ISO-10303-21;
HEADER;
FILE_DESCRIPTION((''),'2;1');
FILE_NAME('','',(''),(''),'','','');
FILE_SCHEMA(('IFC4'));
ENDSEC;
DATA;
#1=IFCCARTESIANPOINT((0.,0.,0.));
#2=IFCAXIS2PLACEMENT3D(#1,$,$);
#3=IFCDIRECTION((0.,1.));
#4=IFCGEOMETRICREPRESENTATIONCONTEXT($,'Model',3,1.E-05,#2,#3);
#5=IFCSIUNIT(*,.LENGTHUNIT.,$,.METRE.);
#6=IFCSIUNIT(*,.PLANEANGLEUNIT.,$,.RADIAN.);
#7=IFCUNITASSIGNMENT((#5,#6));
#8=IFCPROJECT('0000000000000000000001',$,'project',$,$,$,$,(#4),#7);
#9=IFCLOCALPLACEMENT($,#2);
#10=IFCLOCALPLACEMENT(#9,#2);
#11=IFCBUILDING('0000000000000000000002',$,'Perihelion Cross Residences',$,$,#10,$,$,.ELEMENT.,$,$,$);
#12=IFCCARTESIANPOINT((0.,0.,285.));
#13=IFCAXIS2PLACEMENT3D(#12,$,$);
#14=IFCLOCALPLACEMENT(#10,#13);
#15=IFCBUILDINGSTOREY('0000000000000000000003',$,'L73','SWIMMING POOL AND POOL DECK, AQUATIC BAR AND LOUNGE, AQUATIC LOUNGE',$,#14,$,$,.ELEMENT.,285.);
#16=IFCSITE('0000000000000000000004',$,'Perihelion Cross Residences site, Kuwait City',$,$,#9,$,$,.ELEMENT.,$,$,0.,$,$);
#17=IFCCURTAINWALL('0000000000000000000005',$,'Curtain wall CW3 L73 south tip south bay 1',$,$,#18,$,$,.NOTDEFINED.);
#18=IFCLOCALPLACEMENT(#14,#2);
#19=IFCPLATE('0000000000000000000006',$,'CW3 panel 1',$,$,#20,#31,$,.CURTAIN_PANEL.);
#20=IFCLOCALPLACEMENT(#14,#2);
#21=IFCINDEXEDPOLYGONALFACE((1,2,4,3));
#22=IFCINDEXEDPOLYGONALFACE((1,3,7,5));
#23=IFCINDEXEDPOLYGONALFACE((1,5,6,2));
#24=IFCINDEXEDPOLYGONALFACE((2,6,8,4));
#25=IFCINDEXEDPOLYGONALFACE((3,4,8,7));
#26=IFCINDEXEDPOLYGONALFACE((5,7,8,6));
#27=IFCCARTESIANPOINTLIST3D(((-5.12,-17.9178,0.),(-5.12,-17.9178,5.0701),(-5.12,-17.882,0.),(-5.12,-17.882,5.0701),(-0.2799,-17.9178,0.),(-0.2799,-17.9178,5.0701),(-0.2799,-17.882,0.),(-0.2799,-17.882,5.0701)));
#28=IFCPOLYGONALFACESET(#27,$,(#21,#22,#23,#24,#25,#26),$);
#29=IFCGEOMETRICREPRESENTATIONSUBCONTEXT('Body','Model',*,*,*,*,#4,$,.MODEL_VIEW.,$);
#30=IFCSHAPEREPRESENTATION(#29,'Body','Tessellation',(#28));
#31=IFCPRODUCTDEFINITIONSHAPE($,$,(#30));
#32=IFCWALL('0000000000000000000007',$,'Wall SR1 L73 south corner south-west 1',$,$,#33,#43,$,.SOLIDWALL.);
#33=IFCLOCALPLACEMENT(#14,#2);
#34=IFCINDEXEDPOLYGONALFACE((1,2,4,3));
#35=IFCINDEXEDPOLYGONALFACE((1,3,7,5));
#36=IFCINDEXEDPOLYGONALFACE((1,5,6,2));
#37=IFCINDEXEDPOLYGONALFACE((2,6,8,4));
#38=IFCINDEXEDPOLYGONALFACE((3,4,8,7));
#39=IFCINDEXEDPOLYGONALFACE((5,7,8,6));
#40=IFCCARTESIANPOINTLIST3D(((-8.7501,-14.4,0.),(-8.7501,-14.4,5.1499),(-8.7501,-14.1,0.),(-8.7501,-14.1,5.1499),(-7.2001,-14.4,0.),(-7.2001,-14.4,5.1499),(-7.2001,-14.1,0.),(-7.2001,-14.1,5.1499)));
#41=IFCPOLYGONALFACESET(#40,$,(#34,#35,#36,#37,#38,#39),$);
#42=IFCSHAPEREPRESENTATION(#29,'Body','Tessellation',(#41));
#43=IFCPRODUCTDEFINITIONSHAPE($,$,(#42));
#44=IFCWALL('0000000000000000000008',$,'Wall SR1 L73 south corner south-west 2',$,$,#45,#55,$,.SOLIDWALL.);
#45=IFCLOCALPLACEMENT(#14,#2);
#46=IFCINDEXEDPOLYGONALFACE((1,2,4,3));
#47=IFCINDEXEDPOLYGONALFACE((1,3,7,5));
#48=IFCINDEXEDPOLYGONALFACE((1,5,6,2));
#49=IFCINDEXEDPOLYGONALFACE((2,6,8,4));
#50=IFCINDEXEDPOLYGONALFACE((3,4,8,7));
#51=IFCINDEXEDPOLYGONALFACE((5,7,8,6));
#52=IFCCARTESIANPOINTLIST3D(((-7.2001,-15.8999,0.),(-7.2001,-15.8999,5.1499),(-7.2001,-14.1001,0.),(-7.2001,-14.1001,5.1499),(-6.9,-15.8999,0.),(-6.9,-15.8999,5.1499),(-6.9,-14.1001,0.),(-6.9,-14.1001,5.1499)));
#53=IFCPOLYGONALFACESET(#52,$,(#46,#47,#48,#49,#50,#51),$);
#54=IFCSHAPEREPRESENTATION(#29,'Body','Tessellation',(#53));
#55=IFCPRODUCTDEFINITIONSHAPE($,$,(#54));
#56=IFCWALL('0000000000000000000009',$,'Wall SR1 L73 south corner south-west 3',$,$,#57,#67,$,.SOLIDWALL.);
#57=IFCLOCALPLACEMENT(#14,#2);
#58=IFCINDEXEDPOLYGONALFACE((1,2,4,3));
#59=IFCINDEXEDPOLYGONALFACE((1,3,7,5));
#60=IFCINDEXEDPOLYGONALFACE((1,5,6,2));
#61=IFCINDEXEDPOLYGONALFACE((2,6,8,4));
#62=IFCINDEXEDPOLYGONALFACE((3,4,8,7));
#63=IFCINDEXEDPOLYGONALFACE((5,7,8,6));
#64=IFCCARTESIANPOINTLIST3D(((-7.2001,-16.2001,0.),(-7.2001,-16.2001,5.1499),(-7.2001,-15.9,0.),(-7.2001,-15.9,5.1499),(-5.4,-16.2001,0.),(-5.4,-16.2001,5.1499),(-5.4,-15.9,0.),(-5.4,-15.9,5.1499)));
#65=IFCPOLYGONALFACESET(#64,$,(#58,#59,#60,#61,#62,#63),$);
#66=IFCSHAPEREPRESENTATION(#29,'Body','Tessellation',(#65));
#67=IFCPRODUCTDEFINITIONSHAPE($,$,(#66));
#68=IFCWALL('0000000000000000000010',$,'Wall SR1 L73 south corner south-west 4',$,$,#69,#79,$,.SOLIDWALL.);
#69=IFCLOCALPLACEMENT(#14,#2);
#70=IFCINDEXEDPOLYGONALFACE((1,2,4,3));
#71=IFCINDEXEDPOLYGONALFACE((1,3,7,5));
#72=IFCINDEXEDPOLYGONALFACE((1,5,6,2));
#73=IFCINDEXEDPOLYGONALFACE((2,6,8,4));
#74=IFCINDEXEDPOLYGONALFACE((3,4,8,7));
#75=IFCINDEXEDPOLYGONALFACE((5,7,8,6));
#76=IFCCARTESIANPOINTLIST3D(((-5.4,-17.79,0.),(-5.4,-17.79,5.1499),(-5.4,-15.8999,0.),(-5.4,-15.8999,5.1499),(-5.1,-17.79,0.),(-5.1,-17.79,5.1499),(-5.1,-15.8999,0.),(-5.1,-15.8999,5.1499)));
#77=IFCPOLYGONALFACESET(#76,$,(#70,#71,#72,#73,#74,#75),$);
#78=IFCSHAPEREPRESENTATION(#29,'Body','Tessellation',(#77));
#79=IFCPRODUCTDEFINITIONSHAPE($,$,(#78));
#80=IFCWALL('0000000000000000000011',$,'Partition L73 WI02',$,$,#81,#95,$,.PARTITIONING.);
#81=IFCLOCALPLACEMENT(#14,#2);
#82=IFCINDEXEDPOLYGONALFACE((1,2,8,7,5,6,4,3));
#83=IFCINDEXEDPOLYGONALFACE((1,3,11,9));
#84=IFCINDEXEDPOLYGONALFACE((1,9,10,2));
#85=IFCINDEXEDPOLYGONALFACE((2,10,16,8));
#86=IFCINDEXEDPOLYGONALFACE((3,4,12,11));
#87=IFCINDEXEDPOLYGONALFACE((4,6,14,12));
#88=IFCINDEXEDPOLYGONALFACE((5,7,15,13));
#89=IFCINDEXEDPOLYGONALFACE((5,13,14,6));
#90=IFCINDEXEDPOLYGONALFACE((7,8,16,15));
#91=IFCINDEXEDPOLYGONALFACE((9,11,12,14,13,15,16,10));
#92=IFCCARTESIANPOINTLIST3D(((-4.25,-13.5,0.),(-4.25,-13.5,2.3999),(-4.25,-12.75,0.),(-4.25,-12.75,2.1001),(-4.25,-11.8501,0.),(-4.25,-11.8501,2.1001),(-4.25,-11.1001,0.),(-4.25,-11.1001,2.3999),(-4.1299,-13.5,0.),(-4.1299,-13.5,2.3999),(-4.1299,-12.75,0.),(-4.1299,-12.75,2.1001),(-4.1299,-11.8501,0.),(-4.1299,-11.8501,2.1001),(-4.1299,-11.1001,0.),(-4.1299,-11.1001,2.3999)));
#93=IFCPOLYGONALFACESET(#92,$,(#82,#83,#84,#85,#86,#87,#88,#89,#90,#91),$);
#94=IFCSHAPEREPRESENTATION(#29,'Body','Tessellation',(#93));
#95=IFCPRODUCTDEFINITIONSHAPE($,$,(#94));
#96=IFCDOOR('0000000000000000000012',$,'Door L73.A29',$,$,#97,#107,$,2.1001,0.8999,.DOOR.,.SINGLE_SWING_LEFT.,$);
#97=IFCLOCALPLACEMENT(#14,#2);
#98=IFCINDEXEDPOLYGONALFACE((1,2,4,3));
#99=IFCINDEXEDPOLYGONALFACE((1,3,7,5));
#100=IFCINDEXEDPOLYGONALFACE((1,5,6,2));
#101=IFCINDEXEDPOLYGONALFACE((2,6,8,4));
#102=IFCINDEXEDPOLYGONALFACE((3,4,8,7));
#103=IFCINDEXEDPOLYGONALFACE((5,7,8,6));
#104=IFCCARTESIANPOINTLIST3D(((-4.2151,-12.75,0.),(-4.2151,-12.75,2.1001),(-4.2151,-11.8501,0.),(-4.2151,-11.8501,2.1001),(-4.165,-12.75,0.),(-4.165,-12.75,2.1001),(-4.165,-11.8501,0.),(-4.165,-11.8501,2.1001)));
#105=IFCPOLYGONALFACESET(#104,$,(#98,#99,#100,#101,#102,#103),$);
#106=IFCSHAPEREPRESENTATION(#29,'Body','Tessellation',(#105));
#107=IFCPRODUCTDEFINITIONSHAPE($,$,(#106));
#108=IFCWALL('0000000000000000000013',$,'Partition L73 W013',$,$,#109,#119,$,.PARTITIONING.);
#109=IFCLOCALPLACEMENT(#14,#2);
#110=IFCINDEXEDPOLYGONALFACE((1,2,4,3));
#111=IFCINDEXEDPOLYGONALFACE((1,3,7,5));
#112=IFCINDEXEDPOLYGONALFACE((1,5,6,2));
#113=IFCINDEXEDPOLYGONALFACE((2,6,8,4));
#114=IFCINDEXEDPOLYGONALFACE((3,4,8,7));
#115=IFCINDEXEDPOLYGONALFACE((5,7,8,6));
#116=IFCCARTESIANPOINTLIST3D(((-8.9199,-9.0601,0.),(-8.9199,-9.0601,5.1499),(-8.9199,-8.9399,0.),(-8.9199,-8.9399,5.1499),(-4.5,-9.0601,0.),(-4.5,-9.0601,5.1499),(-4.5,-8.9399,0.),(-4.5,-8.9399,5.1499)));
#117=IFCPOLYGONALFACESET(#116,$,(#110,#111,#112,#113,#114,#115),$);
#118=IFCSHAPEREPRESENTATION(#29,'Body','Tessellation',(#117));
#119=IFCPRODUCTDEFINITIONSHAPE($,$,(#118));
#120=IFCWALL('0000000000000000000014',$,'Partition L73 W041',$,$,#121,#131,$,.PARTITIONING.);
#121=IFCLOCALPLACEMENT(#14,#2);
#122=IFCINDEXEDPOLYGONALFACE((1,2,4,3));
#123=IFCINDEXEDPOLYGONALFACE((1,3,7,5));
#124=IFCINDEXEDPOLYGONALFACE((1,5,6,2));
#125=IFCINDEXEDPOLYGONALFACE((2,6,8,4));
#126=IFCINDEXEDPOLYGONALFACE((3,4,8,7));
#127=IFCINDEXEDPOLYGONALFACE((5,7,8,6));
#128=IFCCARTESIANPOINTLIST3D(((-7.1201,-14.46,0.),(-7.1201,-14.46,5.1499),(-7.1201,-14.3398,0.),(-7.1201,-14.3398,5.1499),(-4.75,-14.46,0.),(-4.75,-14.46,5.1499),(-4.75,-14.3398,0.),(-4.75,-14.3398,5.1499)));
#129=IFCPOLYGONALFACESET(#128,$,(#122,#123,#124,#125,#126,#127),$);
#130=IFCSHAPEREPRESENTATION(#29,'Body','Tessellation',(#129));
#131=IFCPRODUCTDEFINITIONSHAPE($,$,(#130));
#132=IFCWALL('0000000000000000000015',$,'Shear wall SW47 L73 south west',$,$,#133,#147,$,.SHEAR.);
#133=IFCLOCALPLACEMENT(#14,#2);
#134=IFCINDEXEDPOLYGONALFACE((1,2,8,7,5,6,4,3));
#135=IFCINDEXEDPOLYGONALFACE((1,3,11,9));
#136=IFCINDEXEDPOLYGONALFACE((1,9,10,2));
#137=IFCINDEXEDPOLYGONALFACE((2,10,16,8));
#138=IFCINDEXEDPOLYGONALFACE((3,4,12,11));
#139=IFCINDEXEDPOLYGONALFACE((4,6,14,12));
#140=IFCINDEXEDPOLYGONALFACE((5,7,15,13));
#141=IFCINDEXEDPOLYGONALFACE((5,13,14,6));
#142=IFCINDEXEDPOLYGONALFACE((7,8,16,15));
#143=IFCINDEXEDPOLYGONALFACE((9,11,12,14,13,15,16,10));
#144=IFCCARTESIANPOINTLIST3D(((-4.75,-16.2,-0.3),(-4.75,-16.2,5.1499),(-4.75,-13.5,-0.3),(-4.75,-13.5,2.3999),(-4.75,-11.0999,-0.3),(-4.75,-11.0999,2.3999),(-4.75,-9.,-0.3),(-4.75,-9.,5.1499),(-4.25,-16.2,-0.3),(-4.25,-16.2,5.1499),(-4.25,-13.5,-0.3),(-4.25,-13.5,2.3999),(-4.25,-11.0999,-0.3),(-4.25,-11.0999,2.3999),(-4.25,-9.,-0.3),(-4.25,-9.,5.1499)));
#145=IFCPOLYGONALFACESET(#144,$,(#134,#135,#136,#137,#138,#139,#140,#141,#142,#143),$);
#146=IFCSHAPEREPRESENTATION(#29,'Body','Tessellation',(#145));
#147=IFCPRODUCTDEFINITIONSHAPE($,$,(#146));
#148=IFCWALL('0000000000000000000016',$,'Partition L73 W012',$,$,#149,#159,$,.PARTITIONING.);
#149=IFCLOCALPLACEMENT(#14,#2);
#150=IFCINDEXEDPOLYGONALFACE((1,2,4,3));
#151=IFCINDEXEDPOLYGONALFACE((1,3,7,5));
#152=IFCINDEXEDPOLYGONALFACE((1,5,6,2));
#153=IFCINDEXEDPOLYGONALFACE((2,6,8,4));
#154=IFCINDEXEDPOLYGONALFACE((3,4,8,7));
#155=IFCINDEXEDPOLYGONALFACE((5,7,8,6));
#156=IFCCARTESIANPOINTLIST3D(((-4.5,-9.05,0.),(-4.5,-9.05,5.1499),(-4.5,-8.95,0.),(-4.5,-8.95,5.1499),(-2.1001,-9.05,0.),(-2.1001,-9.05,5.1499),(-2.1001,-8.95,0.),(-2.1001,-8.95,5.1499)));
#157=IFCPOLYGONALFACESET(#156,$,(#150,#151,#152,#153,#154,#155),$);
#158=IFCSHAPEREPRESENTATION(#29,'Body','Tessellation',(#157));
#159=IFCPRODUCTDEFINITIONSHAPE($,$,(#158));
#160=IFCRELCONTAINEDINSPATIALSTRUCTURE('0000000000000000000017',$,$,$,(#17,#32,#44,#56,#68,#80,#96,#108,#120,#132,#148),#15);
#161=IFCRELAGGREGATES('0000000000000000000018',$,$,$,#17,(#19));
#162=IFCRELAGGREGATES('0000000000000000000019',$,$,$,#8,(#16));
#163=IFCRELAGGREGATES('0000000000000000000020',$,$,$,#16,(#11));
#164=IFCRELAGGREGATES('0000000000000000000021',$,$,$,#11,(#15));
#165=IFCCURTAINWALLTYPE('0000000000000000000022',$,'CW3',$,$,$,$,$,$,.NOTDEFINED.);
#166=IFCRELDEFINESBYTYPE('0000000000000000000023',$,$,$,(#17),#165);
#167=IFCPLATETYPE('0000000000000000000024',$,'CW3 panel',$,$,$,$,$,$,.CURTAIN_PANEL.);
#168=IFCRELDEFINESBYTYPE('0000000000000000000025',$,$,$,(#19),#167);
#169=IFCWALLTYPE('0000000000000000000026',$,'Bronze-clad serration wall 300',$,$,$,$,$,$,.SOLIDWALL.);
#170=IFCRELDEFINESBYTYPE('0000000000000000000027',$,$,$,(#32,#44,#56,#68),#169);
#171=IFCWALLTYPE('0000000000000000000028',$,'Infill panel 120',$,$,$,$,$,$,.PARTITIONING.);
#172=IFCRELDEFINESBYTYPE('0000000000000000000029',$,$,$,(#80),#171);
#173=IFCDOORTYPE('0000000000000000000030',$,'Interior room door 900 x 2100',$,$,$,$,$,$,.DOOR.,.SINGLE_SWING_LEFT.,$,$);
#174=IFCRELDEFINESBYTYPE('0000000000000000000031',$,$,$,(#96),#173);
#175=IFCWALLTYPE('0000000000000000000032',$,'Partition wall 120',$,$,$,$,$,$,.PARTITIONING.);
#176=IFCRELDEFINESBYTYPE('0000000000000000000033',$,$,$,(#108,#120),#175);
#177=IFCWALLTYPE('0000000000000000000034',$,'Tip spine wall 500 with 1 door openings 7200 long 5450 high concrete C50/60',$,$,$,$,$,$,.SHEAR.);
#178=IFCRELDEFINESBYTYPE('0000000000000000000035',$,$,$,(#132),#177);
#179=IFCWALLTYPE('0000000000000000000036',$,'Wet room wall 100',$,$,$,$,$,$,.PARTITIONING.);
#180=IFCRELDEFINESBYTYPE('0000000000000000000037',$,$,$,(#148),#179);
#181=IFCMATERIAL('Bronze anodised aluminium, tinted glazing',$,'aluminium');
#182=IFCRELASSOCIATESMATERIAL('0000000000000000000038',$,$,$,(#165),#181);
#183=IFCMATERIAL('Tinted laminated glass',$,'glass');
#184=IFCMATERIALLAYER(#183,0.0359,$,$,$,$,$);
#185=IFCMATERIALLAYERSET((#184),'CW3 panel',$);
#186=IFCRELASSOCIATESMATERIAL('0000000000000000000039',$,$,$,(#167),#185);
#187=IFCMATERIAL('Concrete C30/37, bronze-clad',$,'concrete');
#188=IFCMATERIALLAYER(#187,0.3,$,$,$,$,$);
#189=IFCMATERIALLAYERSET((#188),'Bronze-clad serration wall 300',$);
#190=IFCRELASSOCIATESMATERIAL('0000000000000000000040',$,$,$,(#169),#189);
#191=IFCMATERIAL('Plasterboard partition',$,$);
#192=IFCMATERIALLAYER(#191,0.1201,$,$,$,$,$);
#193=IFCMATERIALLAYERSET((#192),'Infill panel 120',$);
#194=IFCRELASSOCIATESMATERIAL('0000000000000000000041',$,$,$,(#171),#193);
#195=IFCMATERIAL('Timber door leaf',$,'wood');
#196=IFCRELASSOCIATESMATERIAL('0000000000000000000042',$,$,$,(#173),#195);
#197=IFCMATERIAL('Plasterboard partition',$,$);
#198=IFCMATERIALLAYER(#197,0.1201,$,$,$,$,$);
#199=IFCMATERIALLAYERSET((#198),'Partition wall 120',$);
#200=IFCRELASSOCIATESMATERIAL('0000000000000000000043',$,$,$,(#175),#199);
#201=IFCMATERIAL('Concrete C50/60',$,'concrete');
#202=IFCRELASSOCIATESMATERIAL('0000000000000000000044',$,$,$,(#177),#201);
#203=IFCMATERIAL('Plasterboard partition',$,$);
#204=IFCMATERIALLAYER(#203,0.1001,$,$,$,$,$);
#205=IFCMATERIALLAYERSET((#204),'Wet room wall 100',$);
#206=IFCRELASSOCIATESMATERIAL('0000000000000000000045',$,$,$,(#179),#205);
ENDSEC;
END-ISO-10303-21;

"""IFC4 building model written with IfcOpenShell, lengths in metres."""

from ifc_helpers import new_model, si_unit, direction, frame, frame_2d, origin, origin_2d, place, context, subcontext, project, spatial, polyline, rectangle, outline, extrude, material, layer, layer_set, material_profile, profile_set, type_object, element, fill, aggregate, save


model = new_model("IFC4")

# Units and contexts
model_context = context("Model", 3, precision=1e-05, world=origin(), true_north=direction((0.0, 1.0)))
body_context = subcontext(model_context, "Body", "Model", "MODEL_VIEW")
ifc_project = project(units=[si_unit("LENGTHUNIT", "METRE"), si_unit("PLANEANGLEUNIT", "RADIAN")], contexts=[model_context])

# Site, building, storey
site_placement = place(None, origin())
site = spatial("IfcSite", under=ifc_project, at=site_placement, Name="Perihelion Cross Residences site, Kuwait City", CompositionType="ELEMENT", RefElevation=0.0)
building_placement = place(site_placement, origin())
building = spatial("IfcBuilding", under=site, at=building_placement, Name="Perihelion Cross Residences", CompositionType="ELEMENT")
storey_placement = place(building_placement, frame((0.0, 0.0, 285.0)))
storey = spatial("IfcBuildingStorey", under=building, at=storey_placement, Name="L73", Description="SWIMMING POOL AND POOL DECK, AQUATIC BAR AND LOUNGE, AQUATIC LOUNGE", CompositionType="ELEMENT", Elevation=285.0)

# Curtain wall
ifc_material_1 = material(Name="Bronze anodised aluminium, tinted glazing", Category="aluminium")
curtain_wall_type = type_object("IfcCurtainWallType", Name="CW3", PredefinedType="NOTDEFINED", material=ifc_material_1)
curtain_wall_placement = place(storey_placement, origin())
curtain_wall = element("IfcCurtainWall", 1, at=curtain_wall_placement, inside=storey, type_object=curtain_wall_type, Name="Curtain wall CW3 L73 south tip south bay 1", PredefinedType="NOTDEFINED")

# Plate
ifc_material_2 = material(Name="Tinted laminated glass", Category="glass")
ifc_layer_1 = layer(ifc_material_2, 0.0359)
ifc_layer_set_1 = layer_set([ifc_layer_1], Name="CW3 panel")
plate_type = type_object("IfcPlateType", Name="CW3 panel", PredefinedType="CURTAIN_PANEL", material=ifc_layer_set_1)
plate_placement = place(storey_placement, frame((-2.7, -17.8999, 0.0), z_axis=(0.0, 0.0, 1.0), x_axis=(1.0, 0.0, 0.0)))
plate = element("IfcPlate", 2, at=plate_placement, type_object=plate_type, Name="CW3 panel 1", PredefinedType="CURTAIN_PANEL", context=body_context, shape_type="SweptSolid", body=[
    extrude(rectangle(XDim=4.8401, YDim=0.0359, at=origin_2d()), origin(), (0.0, 0.0, 1.0), 5.0701),
])
aggregate(curtain_wall, [plate])

# Walls
ifc_material_3 = material(Name="Concrete C30/37, bronze-clad", Category="concrete")
ifc_layer_2 = layer(ifc_material_3, 0.3)
ifc_layer_set_2 = layer_set([ifc_layer_2], Name="Bronze-clad serration wall 300")
wall_type_1 = type_object("IfcWallType", Name="Bronze-clad serration wall 300", PredefinedType="SOLIDWALL", material=ifc_layer_set_2)
wall_1_placement = place(storey_placement, frame((-8.75, -14.25, 0.0), z_axis=(0.0, 0.0, 1.0), x_axis=(1.0, 0.0, 0.0)))
element("IfcWall", 3, at=wall_1_placement, inside=storey, type_object=wall_type_1, Name="Wall SR1 L73 south corner south-west 1", PredefinedType="SOLIDWALL", context=body_context, shape_type="SweptSolid", body=[
    extrude(rectangle(XDim=1.55, YDim=0.3, at=frame_2d((0.7749, 0.0))), origin(), (0.0, 0.0, 1.0), 5.1499),
])
wall_2_placement = place(storey_placement, frame((-7.05, -14.1001, 0.0), z_axis=(0.0, 0.0, 1.0), x_axis=(0.0, -1.0, 0.0)))
element("IfcWall", 4, at=wall_2_placement, inside=storey, type_object=wall_type_1, Name="Wall SR1 L73 south corner south-west 2", PredefinedType="SOLIDWALL", context=body_context, shape_type="SweptSolid", body=[
    extrude(rectangle(XDim=1.7998, YDim=0.3, at=frame_2d((0.8999, 0.0))), origin(), (0.0, 0.0, 1.0), 5.1499),
])
wall_3_placement = place(storey_placement, frame((-7.2, -16.05, 0.0), z_axis=(0.0, 0.0, 1.0), x_axis=(1.0, 0.0, 0.0)))
element("IfcWall", 5, at=wall_3_placement, inside=storey, type_object=wall_type_1, Name="Wall SR1 L73 south corner south-west 3", PredefinedType="SOLIDWALL", context=body_context, shape_type="SweptSolid", body=[
    extrude(rectangle(XDim=1.8, YDim=0.3, at=frame_2d((0.8999, 0.0))), origin(), (0.0, 0.0, 1.0), 5.1499),
])
wall_4_placement = place(storey_placement, frame((-5.25, -15.8999, 0.0), z_axis=(0.0, 0.0, 1.0), x_axis=(0.0, -1.0, 0.0)))
element("IfcWall", 6, at=wall_4_placement, inside=storey, type_object=wall_type_1, Name="Wall SR1 L73 south corner south-west 4", PredefinedType="SOLIDWALL", context=body_context, shape_type="SweptSolid", body=[
    extrude(rectangle(XDim=1.8901, YDim=0.3, at=frame_2d((0.9451, 0.0))), origin(), (0.0, 0.0, 1.0), 5.1499),
])

# Wall, opening, door
ifc_material_4 = material(Name="Plasterboard partition")
ifc_layer_3 = layer(ifc_material_4, 0.1201)
ifc_layer_set_3 = layer_set([ifc_layer_3], Name="Infill panel 120")
wall_type_2 = type_object("IfcWallType", Name="Infill panel 120", PredefinedType="PARTITIONING", material=ifc_layer_set_3)
wall_5_placement = place(storey_placement, frame((-4.1899, -11.1001, 0.0), z_axis=(0.0, 0.0, 1.0), x_axis=(0.0, -1.0, 0.0)))
wall_5 = element("IfcWall", 7, at=wall_5_placement, inside=storey, type_object=wall_type_2, Name="Partition L73 WI02", PredefinedType="PARTITIONING", context=body_context, shape_type="SweptSolid", body=[
    extrude(rectangle(XDim=2.3999, YDim=0.1201, at=frame_2d((1.2, 0.0))), origin(), (0.0, 0.0, 1.0), 2.3999),
])
opening_1_placement = place(wall_5_placement, frame((0.75, 0.0, 0.0)))
opening_1 = element("IfcOpeningElement", 8, at=opening_1_placement, cuts=wall_5, PredefinedType="OPENING", context=body_context, shape_type="SweptSolid", body=[
    extrude(rectangle(XDim=0.8999, YDim=2.1001, at=frame_2d((0.45, 1.05))), frame((0.0, 0.0701, 0.0), z_axis=(0.0, -1.0, 0.0), x_axis=(1.0, 0.0, 0.0)), (0.0, 0.0, 1.0), 0.1401),
])
ifc_material_5 = material(Name="Timber door leaf", Category="wood")
door_type_1 = type_object("IfcDoorType", Name="Interior room door 900 x 2100", OperationType="SINGLE_SWING_LEFT", PredefinedType="DOOR", material=ifc_material_5)
door_1_placement = place(opening_1_placement, origin())
door_1 = element("IfcDoor", 9, at=door_1_placement, inside=storey, type_object=door_type_1, Name="Door L73.A29", OperationType="SINGLE_SWING_LEFT", OverallHeight=2.1001, OverallWidth=0.8999, PredefinedType="DOOR", context=body_context, shape_type="SweptSolid", body=[
    extrude(rectangle(XDim=0.8999, YDim=2.1001, at=frame_2d((0.45, 1.05))), frame((0.0, 0.0249, 0.0), z_axis=(0.0, -1.0, 0.0), x_axis=(1.0, 0.0, 0.0)), (0.0, 0.0, 1.0), 0.05),
])
fill(opening_1, door_1)

# Walls
ifc_material_6 = material(Name="Plasterboard partition")
ifc_layer_4 = layer(ifc_material_6, 0.1201)
ifc_layer_set_4 = layer_set([ifc_layer_4], Name="Partition wall 120")
wall_type_3 = type_object("IfcWallType", Name="Partition wall 120", PredefinedType="PARTITIONING", material=ifc_layer_set_4)
wall_6_placement = place(storey_placement, frame((-4.5, -9.0, 0.0), z_axis=(0.0, 0.0, 1.0), x_axis=(-1.0, 0.0, 0.0)))
element("IfcWall", 10, at=wall_6_placement, inside=storey, type_object=wall_type_3, Name="Partition L73 W013", PredefinedType="PARTITIONING", context=body_context, shape_type="SweptSolid", body=[
    extrude(rectangle(XDim=4.4199, YDim=0.1201, at=frame_2d((2.21, 0.0))), origin(), (0.0, 0.0, 1.0), 5.1499),
])
wall_7_placement = place(storey_placement, frame((-4.75, -14.3999, 0.0), z_axis=(0.0, 0.0, 1.0), x_axis=(-1.0, 0.0, 0.0)))
element("IfcWall", 11, at=wall_7_placement, inside=storey, type_object=wall_type_3, Name="Partition L73 W041", PredefinedType="PARTITIONING", context=body_context, shape_type="SweptSolid", body=[
    extrude(rectangle(XDim=2.3701, YDim=0.1201, at=frame_2d((1.1851, 0.0))), origin(), (0.0, 0.0, 1.0), 5.1499),
])
ifc_material_7 = material(Name="Concrete C50/60", Category="concrete")
ifc_material_profile_1 = material_profile(ifc_material_7, outline(polyline([(0.0, 0.0), (2.7, 0.0), (2.7, 2.7), (5.1001, 2.7), (5.1001, 0.0), (7.2, 0.0), (7.2, 5.45), (0.0, 5.45), (0.0, 0.0)])), Name="Tip spine wall")
ifc_profile_set_1 = profile_set([ifc_material_profile_1], Name="Concrete C50/60")
wall_type_4 = type_object("IfcWallType", Name="Tip spine wall 500 with 1 door openings 7200 long 5450 high concrete C50/60", PredefinedType="SHEAR", material=ifc_profile_set_1)
wall_8_placement = place(storey_placement, frame((-4.75, -16.2, -0.3), z_axis=(1.0, 0.0, 0.0), x_axis=(0.0, 1.0, 0.0)))
element("IfcWall", 12, at=wall_8_placement, inside=storey, type_object=wall_type_4, Name="Shear wall SW47 L73 south west", PredefinedType="SHEAR", context=body_context, shape_type="SweptSolid", body=[
    extrude(outline(polyline([(0.0, 0.0), (2.7, 0.0), (2.7, 2.7), (5.1001, 2.7), (5.1001, 0.0), (7.2, 0.0), (7.2, 5.45), (0.0, 5.45), (0.0, 0.0)])), origin(), (0.0, 0.0, 1.0), 0.5),
])
ifc_material_8 = material(Name="Plasterboard partition")
ifc_layer_5 = layer(ifc_material_8, 0.1001)
ifc_layer_set_5 = layer_set([ifc_layer_5], Name="Wet room wall 100")
wall_type_5 = type_object("IfcWallType", Name="Wet room wall 100", PredefinedType="PARTITIONING", material=ifc_layer_set_5)
wall_9_placement = place(storey_placement, frame((-2.1001, -9.0, 0.0), z_axis=(0.0, 0.0, 1.0), x_axis=(-1.0, 0.0, 0.0)))
element("IfcWall", 13, at=wall_9_placement, inside=storey, type_object=wall_type_5, Name="Partition L73 W012", PredefinedType="PARTITIONING", context=body_context, shape_type="SweptSolid", body=[
    extrude(rectangle(XDim=2.3999, YDim=0.1001, at=frame_2d((1.2, 0.0))), origin(), (0.0, 0.0, 1.0), 5.1499),
])

save(model, "model.ifc")
